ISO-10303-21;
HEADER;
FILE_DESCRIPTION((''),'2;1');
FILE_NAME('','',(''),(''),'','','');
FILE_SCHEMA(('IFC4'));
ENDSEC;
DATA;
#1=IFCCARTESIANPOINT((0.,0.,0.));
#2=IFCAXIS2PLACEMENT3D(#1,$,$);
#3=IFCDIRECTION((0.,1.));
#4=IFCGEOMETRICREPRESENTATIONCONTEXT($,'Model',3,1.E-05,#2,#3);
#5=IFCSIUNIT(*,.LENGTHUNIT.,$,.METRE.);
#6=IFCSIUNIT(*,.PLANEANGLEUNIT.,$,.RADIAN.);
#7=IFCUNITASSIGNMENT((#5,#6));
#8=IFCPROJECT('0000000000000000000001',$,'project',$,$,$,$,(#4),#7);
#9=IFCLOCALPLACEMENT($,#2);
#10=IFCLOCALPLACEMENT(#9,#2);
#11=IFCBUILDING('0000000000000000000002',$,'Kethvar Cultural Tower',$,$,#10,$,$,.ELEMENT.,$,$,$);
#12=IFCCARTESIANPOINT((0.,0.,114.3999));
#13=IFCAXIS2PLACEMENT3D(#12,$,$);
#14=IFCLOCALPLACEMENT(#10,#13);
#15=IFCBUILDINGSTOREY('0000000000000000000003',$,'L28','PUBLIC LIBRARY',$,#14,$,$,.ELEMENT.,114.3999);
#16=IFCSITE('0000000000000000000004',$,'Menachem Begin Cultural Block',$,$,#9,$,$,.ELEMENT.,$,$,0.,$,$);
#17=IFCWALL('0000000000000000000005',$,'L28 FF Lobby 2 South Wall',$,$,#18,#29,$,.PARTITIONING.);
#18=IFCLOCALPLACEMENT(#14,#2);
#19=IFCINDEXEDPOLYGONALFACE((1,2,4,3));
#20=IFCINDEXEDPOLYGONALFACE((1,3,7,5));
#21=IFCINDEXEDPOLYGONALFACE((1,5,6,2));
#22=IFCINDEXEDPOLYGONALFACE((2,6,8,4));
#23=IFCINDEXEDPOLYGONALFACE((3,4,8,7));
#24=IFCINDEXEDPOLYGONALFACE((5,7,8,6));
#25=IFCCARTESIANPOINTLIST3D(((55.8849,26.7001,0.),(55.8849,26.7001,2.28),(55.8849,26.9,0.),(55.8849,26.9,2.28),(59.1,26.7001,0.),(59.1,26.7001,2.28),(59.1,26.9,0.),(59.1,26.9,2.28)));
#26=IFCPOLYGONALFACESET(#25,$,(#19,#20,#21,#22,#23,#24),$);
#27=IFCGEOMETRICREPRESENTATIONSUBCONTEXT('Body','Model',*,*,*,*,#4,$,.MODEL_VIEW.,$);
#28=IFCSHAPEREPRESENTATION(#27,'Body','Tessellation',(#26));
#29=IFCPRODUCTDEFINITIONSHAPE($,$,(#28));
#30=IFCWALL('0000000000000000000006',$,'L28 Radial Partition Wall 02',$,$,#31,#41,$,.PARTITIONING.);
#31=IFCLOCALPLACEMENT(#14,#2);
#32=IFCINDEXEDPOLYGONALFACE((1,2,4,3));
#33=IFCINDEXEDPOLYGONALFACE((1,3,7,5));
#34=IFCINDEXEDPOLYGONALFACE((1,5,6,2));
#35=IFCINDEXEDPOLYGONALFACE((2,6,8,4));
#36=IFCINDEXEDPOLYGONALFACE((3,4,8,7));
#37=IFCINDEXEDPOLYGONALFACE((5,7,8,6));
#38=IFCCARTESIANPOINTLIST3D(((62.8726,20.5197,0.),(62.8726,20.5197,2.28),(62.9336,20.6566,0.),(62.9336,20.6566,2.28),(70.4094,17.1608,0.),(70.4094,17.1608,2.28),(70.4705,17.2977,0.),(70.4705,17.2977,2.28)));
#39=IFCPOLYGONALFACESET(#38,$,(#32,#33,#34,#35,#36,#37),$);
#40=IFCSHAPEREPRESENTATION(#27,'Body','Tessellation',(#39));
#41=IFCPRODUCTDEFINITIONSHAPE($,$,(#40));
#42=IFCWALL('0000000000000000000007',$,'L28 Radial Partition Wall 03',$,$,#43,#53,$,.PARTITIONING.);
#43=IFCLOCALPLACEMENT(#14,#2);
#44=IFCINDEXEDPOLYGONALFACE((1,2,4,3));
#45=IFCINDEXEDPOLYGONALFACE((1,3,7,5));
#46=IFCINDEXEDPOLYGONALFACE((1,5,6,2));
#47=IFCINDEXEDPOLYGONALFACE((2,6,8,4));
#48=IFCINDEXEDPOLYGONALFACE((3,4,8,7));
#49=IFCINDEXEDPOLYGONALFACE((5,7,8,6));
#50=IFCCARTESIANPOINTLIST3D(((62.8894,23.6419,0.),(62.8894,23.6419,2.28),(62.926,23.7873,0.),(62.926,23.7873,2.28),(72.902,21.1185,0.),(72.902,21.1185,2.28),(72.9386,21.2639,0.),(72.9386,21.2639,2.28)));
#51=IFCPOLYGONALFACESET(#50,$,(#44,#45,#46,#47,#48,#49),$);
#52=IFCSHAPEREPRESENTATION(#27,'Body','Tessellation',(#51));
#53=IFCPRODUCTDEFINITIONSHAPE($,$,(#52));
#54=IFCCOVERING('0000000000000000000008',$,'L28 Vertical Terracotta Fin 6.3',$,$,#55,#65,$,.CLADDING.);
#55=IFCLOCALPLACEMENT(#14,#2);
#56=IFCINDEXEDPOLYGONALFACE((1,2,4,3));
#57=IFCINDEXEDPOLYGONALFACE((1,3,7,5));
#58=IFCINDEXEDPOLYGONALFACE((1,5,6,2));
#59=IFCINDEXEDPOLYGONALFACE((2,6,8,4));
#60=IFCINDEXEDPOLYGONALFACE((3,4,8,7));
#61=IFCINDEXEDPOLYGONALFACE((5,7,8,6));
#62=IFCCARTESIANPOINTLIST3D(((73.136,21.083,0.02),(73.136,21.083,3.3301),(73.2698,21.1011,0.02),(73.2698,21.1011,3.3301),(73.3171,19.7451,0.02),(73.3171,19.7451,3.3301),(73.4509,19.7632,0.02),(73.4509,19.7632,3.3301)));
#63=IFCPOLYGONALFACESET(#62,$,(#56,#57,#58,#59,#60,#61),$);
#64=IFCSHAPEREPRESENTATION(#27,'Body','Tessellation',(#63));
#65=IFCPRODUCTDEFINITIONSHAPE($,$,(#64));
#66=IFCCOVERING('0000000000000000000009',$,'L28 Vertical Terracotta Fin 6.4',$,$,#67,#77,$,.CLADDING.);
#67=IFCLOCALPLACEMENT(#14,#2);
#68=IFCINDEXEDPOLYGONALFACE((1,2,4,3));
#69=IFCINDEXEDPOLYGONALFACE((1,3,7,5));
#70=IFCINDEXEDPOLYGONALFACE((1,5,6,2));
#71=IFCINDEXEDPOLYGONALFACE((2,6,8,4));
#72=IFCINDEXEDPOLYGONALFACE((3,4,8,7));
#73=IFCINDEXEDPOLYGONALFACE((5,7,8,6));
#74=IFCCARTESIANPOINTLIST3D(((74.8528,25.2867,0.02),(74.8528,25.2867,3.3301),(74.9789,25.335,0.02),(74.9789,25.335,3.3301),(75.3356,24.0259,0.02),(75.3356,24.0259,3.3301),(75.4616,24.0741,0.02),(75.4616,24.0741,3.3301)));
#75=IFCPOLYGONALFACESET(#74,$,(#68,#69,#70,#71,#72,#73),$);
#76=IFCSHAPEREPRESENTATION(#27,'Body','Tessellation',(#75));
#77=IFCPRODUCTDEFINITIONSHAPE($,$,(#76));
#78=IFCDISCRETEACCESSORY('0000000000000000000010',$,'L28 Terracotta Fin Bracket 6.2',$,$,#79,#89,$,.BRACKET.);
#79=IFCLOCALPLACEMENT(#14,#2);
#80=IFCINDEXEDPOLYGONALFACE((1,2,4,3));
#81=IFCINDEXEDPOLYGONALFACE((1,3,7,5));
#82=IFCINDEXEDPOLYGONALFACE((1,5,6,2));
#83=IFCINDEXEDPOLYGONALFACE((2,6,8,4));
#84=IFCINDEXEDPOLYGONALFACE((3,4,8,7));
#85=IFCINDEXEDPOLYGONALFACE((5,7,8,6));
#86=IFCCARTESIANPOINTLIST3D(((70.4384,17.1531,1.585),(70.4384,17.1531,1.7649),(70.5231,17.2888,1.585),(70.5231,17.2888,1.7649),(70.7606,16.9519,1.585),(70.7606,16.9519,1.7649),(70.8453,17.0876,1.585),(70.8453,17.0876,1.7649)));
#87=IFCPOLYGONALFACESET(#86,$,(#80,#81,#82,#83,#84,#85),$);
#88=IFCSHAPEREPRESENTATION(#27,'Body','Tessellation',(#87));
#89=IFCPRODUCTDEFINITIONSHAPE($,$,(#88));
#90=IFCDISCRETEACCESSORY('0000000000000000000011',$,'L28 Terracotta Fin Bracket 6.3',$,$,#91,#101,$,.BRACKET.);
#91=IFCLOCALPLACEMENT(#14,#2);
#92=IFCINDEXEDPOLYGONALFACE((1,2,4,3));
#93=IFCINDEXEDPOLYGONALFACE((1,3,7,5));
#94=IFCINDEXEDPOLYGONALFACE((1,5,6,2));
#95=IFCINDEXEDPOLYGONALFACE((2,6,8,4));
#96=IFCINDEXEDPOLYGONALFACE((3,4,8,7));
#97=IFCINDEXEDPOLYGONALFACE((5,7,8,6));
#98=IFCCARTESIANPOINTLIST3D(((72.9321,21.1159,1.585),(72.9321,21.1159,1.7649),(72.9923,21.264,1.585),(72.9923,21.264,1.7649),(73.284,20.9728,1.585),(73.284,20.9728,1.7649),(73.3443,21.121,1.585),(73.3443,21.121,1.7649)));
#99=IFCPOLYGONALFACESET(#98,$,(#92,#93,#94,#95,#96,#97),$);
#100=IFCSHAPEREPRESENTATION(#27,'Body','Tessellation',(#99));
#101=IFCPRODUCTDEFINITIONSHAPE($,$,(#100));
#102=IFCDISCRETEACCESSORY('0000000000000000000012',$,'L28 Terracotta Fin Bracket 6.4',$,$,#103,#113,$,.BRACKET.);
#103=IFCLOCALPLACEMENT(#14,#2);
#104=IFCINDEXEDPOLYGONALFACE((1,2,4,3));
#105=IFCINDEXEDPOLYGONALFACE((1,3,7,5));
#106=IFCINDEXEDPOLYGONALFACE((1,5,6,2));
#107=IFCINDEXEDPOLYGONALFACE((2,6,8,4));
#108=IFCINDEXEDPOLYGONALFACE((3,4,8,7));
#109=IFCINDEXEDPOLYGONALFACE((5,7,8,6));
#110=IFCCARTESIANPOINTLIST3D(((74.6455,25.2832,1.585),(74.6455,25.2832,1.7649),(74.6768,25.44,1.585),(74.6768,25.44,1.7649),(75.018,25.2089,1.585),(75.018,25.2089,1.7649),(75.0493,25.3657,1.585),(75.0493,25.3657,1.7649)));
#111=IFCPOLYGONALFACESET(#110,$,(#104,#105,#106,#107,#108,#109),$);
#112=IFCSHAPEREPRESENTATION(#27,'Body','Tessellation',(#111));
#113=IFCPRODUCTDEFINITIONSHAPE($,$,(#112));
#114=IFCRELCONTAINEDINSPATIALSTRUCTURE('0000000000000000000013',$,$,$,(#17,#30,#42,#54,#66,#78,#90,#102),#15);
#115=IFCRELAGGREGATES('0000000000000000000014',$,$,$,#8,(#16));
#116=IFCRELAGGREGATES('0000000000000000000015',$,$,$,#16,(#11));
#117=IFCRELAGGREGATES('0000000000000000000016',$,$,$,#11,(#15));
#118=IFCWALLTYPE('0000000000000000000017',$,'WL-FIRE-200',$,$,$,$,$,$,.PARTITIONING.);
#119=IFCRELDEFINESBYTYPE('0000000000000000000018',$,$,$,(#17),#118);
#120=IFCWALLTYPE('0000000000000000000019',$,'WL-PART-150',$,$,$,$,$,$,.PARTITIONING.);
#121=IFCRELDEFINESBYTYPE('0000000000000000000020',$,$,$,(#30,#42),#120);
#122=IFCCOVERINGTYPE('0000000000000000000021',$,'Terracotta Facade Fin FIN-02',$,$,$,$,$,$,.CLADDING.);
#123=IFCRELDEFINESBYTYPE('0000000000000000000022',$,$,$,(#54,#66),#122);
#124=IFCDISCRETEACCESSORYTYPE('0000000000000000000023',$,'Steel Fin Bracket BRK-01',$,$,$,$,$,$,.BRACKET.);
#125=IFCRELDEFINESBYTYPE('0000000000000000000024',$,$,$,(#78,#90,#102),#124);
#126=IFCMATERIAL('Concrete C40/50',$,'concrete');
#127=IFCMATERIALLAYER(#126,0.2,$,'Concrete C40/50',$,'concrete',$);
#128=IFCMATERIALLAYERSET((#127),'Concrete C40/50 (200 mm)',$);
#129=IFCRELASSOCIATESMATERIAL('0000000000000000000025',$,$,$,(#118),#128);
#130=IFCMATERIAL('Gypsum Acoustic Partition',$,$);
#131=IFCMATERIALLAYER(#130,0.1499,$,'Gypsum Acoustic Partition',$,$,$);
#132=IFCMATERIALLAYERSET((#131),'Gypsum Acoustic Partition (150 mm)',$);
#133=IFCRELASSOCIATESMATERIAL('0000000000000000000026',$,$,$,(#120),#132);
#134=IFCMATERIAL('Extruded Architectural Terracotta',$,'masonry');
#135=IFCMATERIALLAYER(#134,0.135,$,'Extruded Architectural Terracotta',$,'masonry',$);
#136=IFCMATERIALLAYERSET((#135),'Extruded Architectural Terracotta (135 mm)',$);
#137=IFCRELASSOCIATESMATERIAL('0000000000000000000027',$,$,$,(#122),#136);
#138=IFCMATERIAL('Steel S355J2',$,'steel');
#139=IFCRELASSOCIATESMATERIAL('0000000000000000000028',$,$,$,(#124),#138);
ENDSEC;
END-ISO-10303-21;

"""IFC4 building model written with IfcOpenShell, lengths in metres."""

from ifc_helpers import new_model, si_unit, direction, frame, frame_2d, origin, origin_2d, place, context, subcontext, project, spatial, rectangle, extrude, source, transform, mapped, material, layer, layer_set, type_object, element, save


model = new_model("IFC4")

# Units and contexts
model_context = context("Model", 3, precision=1e-05, world=origin(), true_north=direction((0.0, 1.0)))
body_context = subcontext(model_context, "Body", "Model", "MODEL_VIEW")
ifc_project = project(units=[si_unit("LENGTHUNIT", "METRE"), si_unit("PLANEANGLEUNIT", "RADIAN")], contexts=[model_context])

# Site, building, storey
site_placement = place(None, origin())
site = spatial("IfcSite", under=ifc_project, at=site_placement, Name="Menachem Begin Cultural Block", CompositionType="ELEMENT", RefElevation=0.0)
building_placement = place(site_placement, origin())
building = spatial("IfcBuilding", under=site, at=building_placement, Name="Kethvar Cultural Tower", CompositionType="ELEMENT")
storey_placement = place(building_placement, frame((0.0, 0.0, 114.3999)))
storey = spatial("IfcBuildingStorey", under=building, at=storey_placement, Name="L28", Description="PUBLIC LIBRARY", CompositionType="ELEMENT", Elevation=114.3999)

# Shared definitions
ifc_material_1 = material(Name="Steel S355J2", Category="steel")

# Shared definitions
ifc_material_2 = material(Name="Concrete C40/50", Category="concrete")
ifc_layer_1 = layer(ifc_material_2, 0.2, Name="Concrete C40/50", Category="concrete")
ifc_layer_set_1 = layer_set([ifc_layer_1], Name="Concrete C40/50 (200 mm)")
wall_type_1 = type_object("IfcWallType", Name="WL-FIRE-200", PredefinedType="PARTITIONING", material=ifc_layer_set_1)

# Walls
wall_1_placement = place(storey_placement, frame((55.885, 26.8, 0.0), z_axis=(0.0, 0.0, 1.0), x_axis=(1.0, 0.0, 0.0)))
element("IfcWall", 1, at=wall_1_placement, inside=storey, type_object=wall_type_1, Name="L28 FF Lobby 2 South Wall", PredefinedType="PARTITIONING", context=body_context, shape_type="SweptSolid", body=[
    extrude(rectangle(XDim=3.2151, YDim=0.2, at=frame_2d((1.6074, 0.0))), origin(), (0.0, 0.0, 1.0), 2.28),
])
ifc_material_3 = material(Name="Gypsum Acoustic Partition")
ifc_layer_2 = layer(ifc_material_3, 0.1499, Name="Gypsum Acoustic Partition")
ifc_layer_set_2 = layer_set([ifc_layer_2], Name="Gypsum Acoustic Partition (150 mm)")
wall_type_2 = type_object("IfcWallType", Name="WL-PART-150", PredefinedType="PARTITIONING", material=ifc_layer_set_2)
wall_2_placement = place(storey_placement, frame((62.9031, 20.5881, 0.0), z_axis=(0.0, 0.0, 1.0), x_axis=(0.913399, -0.407066, 0.0)))
element("IfcWall", 2, at=wall_2_placement, inside=storey, type_object=wall_type_2, Name="L28 Radial Partition Wall 02", PredefinedType="PARTITIONING", context=body_context, shape_type="SweptSolid", body=[
    extrude(rectangle(XDim=8.2515, YDim=0.1499, at=frame_2d((4.1257, 0.0))), origin(), (0.0, 0.0, 1.0), 2.28),
])
wall_3_placement = place(storey_placement, frame((62.9077, 23.7146, 0.0), z_axis=(0.0, 0.0, 1.0), x_axis=(0.969679, -0.244382, 0.0)))
element("IfcWall", 3, at=wall_3_placement, inside=storey, type_object=wall_type_2, Name="L28 Radial Partition Wall 03", PredefinedType="PARTITIONING", context=body_context, shape_type="SweptSolid", body=[
    extrude(rectangle(XDim=10.3257, YDim=0.1499, at=frame_2d((5.1628, 0.0))), origin(), (0.0, 0.0, 1.0), 2.28),
])

# Coverings
ifc_material_4 = material(Name="Extruded Architectural Terracotta", Category="masonry")
ifc_layer_3 = layer(ifc_material_4, 0.135, Name="Extruded Architectural Terracotta", Category="masonry")
ifc_layer_set_3 = layer_set([ifc_layer_3], Name="Extruded Architectural Terracotta (135 mm)")
covering_type = type_object("IfcCoveringType", Name="Terracotta Facade Fin FIN-02", PredefinedType="CLADDING", material=ifc_layer_set_3)
shared_shape_1 = source(origin(), body_context, "Body", "SweptSolid", [
    extrude(rectangle(XDim=1.3501, YDim=0.135, at=origin_2d()), origin(), (0.0, 0.0, 1.0), 3.3101),
])
for number, where, z_axis, x_axis, name in (
    (4, (73.2935, 20.4231, 0.02), (0.0, 0.0, 1.0), (0.134159, -0.99096, 0.0), "L28 Vertical Terracotta Fin 6.3"),
    (5, (75.1572, 24.6804, 0.02), (0.0, 0.0, 1.0), (0.357553, -0.933893, 0.0), "L28 Vertical Terracotta Fin 6.4"),
):
    element("IfcCovering", number, at=place(storey_placement, frame(where, z_axis=z_axis, x_axis=x_axis)), inside=storey, type_object=covering_type, Name=name, PredefinedType="CLADDING", context=body_context, shape_type="MappedRepresentation", body=[
        mapped(shared_shape_1, transform((0.0, 0.0, 0.0), scale=1.0)),
    ])

# Discrete accessories
discrete_accessory_type = type_object("IfcDiscreteAccessoryType", Name="Steel Fin Bracket BRK-01", PredefinedType="BRACKET", material=ifc_material_1)
shared_shape_2 = source(origin(), body_context, "Body", "SweptSolid", [
    extrude(rectangle(XDim=0.3799, YDim=0.1599, at=origin_2d()), origin(), (0.0, 0.0, 1.0), 0.1799),
])
for number, where, z_axis, x_axis, name in (
    (6, (70.6418, 17.1204, 1.585), (0.0, 0.0, 1.0), (0.848233, -0.529623, 0.0), "L28 Terracotta Fin Bracket 6.2"),
    (7, (73.1382, 21.1184, 1.585), (0.0, 0.0, 1.0), (0.926397, -0.376548, 0.0), "L28 Terracotta Fin Bracket 6.3"),
    (8, (74.8474, 25.3245, 1.585), (0.0, 0.0, 1.0), (0.980683, -0.195604, 0.0), "L28 Terracotta Fin Bracket 6.4"),
):
    element("IfcDiscreteAccessory", number, at=place(storey_placement, frame(where, z_axis=z_axis, x_axis=x_axis)), inside=storey, type_object=discrete_accessory_type, Name=name, PredefinedType="BRACKET", context=body_context, shape_type="MappedRepresentation", body=[
        mapped(shared_shape_2, transform((0.0, 0.0, 0.0), scale=1.0)),
    ])

save(model, "model.ifc")
